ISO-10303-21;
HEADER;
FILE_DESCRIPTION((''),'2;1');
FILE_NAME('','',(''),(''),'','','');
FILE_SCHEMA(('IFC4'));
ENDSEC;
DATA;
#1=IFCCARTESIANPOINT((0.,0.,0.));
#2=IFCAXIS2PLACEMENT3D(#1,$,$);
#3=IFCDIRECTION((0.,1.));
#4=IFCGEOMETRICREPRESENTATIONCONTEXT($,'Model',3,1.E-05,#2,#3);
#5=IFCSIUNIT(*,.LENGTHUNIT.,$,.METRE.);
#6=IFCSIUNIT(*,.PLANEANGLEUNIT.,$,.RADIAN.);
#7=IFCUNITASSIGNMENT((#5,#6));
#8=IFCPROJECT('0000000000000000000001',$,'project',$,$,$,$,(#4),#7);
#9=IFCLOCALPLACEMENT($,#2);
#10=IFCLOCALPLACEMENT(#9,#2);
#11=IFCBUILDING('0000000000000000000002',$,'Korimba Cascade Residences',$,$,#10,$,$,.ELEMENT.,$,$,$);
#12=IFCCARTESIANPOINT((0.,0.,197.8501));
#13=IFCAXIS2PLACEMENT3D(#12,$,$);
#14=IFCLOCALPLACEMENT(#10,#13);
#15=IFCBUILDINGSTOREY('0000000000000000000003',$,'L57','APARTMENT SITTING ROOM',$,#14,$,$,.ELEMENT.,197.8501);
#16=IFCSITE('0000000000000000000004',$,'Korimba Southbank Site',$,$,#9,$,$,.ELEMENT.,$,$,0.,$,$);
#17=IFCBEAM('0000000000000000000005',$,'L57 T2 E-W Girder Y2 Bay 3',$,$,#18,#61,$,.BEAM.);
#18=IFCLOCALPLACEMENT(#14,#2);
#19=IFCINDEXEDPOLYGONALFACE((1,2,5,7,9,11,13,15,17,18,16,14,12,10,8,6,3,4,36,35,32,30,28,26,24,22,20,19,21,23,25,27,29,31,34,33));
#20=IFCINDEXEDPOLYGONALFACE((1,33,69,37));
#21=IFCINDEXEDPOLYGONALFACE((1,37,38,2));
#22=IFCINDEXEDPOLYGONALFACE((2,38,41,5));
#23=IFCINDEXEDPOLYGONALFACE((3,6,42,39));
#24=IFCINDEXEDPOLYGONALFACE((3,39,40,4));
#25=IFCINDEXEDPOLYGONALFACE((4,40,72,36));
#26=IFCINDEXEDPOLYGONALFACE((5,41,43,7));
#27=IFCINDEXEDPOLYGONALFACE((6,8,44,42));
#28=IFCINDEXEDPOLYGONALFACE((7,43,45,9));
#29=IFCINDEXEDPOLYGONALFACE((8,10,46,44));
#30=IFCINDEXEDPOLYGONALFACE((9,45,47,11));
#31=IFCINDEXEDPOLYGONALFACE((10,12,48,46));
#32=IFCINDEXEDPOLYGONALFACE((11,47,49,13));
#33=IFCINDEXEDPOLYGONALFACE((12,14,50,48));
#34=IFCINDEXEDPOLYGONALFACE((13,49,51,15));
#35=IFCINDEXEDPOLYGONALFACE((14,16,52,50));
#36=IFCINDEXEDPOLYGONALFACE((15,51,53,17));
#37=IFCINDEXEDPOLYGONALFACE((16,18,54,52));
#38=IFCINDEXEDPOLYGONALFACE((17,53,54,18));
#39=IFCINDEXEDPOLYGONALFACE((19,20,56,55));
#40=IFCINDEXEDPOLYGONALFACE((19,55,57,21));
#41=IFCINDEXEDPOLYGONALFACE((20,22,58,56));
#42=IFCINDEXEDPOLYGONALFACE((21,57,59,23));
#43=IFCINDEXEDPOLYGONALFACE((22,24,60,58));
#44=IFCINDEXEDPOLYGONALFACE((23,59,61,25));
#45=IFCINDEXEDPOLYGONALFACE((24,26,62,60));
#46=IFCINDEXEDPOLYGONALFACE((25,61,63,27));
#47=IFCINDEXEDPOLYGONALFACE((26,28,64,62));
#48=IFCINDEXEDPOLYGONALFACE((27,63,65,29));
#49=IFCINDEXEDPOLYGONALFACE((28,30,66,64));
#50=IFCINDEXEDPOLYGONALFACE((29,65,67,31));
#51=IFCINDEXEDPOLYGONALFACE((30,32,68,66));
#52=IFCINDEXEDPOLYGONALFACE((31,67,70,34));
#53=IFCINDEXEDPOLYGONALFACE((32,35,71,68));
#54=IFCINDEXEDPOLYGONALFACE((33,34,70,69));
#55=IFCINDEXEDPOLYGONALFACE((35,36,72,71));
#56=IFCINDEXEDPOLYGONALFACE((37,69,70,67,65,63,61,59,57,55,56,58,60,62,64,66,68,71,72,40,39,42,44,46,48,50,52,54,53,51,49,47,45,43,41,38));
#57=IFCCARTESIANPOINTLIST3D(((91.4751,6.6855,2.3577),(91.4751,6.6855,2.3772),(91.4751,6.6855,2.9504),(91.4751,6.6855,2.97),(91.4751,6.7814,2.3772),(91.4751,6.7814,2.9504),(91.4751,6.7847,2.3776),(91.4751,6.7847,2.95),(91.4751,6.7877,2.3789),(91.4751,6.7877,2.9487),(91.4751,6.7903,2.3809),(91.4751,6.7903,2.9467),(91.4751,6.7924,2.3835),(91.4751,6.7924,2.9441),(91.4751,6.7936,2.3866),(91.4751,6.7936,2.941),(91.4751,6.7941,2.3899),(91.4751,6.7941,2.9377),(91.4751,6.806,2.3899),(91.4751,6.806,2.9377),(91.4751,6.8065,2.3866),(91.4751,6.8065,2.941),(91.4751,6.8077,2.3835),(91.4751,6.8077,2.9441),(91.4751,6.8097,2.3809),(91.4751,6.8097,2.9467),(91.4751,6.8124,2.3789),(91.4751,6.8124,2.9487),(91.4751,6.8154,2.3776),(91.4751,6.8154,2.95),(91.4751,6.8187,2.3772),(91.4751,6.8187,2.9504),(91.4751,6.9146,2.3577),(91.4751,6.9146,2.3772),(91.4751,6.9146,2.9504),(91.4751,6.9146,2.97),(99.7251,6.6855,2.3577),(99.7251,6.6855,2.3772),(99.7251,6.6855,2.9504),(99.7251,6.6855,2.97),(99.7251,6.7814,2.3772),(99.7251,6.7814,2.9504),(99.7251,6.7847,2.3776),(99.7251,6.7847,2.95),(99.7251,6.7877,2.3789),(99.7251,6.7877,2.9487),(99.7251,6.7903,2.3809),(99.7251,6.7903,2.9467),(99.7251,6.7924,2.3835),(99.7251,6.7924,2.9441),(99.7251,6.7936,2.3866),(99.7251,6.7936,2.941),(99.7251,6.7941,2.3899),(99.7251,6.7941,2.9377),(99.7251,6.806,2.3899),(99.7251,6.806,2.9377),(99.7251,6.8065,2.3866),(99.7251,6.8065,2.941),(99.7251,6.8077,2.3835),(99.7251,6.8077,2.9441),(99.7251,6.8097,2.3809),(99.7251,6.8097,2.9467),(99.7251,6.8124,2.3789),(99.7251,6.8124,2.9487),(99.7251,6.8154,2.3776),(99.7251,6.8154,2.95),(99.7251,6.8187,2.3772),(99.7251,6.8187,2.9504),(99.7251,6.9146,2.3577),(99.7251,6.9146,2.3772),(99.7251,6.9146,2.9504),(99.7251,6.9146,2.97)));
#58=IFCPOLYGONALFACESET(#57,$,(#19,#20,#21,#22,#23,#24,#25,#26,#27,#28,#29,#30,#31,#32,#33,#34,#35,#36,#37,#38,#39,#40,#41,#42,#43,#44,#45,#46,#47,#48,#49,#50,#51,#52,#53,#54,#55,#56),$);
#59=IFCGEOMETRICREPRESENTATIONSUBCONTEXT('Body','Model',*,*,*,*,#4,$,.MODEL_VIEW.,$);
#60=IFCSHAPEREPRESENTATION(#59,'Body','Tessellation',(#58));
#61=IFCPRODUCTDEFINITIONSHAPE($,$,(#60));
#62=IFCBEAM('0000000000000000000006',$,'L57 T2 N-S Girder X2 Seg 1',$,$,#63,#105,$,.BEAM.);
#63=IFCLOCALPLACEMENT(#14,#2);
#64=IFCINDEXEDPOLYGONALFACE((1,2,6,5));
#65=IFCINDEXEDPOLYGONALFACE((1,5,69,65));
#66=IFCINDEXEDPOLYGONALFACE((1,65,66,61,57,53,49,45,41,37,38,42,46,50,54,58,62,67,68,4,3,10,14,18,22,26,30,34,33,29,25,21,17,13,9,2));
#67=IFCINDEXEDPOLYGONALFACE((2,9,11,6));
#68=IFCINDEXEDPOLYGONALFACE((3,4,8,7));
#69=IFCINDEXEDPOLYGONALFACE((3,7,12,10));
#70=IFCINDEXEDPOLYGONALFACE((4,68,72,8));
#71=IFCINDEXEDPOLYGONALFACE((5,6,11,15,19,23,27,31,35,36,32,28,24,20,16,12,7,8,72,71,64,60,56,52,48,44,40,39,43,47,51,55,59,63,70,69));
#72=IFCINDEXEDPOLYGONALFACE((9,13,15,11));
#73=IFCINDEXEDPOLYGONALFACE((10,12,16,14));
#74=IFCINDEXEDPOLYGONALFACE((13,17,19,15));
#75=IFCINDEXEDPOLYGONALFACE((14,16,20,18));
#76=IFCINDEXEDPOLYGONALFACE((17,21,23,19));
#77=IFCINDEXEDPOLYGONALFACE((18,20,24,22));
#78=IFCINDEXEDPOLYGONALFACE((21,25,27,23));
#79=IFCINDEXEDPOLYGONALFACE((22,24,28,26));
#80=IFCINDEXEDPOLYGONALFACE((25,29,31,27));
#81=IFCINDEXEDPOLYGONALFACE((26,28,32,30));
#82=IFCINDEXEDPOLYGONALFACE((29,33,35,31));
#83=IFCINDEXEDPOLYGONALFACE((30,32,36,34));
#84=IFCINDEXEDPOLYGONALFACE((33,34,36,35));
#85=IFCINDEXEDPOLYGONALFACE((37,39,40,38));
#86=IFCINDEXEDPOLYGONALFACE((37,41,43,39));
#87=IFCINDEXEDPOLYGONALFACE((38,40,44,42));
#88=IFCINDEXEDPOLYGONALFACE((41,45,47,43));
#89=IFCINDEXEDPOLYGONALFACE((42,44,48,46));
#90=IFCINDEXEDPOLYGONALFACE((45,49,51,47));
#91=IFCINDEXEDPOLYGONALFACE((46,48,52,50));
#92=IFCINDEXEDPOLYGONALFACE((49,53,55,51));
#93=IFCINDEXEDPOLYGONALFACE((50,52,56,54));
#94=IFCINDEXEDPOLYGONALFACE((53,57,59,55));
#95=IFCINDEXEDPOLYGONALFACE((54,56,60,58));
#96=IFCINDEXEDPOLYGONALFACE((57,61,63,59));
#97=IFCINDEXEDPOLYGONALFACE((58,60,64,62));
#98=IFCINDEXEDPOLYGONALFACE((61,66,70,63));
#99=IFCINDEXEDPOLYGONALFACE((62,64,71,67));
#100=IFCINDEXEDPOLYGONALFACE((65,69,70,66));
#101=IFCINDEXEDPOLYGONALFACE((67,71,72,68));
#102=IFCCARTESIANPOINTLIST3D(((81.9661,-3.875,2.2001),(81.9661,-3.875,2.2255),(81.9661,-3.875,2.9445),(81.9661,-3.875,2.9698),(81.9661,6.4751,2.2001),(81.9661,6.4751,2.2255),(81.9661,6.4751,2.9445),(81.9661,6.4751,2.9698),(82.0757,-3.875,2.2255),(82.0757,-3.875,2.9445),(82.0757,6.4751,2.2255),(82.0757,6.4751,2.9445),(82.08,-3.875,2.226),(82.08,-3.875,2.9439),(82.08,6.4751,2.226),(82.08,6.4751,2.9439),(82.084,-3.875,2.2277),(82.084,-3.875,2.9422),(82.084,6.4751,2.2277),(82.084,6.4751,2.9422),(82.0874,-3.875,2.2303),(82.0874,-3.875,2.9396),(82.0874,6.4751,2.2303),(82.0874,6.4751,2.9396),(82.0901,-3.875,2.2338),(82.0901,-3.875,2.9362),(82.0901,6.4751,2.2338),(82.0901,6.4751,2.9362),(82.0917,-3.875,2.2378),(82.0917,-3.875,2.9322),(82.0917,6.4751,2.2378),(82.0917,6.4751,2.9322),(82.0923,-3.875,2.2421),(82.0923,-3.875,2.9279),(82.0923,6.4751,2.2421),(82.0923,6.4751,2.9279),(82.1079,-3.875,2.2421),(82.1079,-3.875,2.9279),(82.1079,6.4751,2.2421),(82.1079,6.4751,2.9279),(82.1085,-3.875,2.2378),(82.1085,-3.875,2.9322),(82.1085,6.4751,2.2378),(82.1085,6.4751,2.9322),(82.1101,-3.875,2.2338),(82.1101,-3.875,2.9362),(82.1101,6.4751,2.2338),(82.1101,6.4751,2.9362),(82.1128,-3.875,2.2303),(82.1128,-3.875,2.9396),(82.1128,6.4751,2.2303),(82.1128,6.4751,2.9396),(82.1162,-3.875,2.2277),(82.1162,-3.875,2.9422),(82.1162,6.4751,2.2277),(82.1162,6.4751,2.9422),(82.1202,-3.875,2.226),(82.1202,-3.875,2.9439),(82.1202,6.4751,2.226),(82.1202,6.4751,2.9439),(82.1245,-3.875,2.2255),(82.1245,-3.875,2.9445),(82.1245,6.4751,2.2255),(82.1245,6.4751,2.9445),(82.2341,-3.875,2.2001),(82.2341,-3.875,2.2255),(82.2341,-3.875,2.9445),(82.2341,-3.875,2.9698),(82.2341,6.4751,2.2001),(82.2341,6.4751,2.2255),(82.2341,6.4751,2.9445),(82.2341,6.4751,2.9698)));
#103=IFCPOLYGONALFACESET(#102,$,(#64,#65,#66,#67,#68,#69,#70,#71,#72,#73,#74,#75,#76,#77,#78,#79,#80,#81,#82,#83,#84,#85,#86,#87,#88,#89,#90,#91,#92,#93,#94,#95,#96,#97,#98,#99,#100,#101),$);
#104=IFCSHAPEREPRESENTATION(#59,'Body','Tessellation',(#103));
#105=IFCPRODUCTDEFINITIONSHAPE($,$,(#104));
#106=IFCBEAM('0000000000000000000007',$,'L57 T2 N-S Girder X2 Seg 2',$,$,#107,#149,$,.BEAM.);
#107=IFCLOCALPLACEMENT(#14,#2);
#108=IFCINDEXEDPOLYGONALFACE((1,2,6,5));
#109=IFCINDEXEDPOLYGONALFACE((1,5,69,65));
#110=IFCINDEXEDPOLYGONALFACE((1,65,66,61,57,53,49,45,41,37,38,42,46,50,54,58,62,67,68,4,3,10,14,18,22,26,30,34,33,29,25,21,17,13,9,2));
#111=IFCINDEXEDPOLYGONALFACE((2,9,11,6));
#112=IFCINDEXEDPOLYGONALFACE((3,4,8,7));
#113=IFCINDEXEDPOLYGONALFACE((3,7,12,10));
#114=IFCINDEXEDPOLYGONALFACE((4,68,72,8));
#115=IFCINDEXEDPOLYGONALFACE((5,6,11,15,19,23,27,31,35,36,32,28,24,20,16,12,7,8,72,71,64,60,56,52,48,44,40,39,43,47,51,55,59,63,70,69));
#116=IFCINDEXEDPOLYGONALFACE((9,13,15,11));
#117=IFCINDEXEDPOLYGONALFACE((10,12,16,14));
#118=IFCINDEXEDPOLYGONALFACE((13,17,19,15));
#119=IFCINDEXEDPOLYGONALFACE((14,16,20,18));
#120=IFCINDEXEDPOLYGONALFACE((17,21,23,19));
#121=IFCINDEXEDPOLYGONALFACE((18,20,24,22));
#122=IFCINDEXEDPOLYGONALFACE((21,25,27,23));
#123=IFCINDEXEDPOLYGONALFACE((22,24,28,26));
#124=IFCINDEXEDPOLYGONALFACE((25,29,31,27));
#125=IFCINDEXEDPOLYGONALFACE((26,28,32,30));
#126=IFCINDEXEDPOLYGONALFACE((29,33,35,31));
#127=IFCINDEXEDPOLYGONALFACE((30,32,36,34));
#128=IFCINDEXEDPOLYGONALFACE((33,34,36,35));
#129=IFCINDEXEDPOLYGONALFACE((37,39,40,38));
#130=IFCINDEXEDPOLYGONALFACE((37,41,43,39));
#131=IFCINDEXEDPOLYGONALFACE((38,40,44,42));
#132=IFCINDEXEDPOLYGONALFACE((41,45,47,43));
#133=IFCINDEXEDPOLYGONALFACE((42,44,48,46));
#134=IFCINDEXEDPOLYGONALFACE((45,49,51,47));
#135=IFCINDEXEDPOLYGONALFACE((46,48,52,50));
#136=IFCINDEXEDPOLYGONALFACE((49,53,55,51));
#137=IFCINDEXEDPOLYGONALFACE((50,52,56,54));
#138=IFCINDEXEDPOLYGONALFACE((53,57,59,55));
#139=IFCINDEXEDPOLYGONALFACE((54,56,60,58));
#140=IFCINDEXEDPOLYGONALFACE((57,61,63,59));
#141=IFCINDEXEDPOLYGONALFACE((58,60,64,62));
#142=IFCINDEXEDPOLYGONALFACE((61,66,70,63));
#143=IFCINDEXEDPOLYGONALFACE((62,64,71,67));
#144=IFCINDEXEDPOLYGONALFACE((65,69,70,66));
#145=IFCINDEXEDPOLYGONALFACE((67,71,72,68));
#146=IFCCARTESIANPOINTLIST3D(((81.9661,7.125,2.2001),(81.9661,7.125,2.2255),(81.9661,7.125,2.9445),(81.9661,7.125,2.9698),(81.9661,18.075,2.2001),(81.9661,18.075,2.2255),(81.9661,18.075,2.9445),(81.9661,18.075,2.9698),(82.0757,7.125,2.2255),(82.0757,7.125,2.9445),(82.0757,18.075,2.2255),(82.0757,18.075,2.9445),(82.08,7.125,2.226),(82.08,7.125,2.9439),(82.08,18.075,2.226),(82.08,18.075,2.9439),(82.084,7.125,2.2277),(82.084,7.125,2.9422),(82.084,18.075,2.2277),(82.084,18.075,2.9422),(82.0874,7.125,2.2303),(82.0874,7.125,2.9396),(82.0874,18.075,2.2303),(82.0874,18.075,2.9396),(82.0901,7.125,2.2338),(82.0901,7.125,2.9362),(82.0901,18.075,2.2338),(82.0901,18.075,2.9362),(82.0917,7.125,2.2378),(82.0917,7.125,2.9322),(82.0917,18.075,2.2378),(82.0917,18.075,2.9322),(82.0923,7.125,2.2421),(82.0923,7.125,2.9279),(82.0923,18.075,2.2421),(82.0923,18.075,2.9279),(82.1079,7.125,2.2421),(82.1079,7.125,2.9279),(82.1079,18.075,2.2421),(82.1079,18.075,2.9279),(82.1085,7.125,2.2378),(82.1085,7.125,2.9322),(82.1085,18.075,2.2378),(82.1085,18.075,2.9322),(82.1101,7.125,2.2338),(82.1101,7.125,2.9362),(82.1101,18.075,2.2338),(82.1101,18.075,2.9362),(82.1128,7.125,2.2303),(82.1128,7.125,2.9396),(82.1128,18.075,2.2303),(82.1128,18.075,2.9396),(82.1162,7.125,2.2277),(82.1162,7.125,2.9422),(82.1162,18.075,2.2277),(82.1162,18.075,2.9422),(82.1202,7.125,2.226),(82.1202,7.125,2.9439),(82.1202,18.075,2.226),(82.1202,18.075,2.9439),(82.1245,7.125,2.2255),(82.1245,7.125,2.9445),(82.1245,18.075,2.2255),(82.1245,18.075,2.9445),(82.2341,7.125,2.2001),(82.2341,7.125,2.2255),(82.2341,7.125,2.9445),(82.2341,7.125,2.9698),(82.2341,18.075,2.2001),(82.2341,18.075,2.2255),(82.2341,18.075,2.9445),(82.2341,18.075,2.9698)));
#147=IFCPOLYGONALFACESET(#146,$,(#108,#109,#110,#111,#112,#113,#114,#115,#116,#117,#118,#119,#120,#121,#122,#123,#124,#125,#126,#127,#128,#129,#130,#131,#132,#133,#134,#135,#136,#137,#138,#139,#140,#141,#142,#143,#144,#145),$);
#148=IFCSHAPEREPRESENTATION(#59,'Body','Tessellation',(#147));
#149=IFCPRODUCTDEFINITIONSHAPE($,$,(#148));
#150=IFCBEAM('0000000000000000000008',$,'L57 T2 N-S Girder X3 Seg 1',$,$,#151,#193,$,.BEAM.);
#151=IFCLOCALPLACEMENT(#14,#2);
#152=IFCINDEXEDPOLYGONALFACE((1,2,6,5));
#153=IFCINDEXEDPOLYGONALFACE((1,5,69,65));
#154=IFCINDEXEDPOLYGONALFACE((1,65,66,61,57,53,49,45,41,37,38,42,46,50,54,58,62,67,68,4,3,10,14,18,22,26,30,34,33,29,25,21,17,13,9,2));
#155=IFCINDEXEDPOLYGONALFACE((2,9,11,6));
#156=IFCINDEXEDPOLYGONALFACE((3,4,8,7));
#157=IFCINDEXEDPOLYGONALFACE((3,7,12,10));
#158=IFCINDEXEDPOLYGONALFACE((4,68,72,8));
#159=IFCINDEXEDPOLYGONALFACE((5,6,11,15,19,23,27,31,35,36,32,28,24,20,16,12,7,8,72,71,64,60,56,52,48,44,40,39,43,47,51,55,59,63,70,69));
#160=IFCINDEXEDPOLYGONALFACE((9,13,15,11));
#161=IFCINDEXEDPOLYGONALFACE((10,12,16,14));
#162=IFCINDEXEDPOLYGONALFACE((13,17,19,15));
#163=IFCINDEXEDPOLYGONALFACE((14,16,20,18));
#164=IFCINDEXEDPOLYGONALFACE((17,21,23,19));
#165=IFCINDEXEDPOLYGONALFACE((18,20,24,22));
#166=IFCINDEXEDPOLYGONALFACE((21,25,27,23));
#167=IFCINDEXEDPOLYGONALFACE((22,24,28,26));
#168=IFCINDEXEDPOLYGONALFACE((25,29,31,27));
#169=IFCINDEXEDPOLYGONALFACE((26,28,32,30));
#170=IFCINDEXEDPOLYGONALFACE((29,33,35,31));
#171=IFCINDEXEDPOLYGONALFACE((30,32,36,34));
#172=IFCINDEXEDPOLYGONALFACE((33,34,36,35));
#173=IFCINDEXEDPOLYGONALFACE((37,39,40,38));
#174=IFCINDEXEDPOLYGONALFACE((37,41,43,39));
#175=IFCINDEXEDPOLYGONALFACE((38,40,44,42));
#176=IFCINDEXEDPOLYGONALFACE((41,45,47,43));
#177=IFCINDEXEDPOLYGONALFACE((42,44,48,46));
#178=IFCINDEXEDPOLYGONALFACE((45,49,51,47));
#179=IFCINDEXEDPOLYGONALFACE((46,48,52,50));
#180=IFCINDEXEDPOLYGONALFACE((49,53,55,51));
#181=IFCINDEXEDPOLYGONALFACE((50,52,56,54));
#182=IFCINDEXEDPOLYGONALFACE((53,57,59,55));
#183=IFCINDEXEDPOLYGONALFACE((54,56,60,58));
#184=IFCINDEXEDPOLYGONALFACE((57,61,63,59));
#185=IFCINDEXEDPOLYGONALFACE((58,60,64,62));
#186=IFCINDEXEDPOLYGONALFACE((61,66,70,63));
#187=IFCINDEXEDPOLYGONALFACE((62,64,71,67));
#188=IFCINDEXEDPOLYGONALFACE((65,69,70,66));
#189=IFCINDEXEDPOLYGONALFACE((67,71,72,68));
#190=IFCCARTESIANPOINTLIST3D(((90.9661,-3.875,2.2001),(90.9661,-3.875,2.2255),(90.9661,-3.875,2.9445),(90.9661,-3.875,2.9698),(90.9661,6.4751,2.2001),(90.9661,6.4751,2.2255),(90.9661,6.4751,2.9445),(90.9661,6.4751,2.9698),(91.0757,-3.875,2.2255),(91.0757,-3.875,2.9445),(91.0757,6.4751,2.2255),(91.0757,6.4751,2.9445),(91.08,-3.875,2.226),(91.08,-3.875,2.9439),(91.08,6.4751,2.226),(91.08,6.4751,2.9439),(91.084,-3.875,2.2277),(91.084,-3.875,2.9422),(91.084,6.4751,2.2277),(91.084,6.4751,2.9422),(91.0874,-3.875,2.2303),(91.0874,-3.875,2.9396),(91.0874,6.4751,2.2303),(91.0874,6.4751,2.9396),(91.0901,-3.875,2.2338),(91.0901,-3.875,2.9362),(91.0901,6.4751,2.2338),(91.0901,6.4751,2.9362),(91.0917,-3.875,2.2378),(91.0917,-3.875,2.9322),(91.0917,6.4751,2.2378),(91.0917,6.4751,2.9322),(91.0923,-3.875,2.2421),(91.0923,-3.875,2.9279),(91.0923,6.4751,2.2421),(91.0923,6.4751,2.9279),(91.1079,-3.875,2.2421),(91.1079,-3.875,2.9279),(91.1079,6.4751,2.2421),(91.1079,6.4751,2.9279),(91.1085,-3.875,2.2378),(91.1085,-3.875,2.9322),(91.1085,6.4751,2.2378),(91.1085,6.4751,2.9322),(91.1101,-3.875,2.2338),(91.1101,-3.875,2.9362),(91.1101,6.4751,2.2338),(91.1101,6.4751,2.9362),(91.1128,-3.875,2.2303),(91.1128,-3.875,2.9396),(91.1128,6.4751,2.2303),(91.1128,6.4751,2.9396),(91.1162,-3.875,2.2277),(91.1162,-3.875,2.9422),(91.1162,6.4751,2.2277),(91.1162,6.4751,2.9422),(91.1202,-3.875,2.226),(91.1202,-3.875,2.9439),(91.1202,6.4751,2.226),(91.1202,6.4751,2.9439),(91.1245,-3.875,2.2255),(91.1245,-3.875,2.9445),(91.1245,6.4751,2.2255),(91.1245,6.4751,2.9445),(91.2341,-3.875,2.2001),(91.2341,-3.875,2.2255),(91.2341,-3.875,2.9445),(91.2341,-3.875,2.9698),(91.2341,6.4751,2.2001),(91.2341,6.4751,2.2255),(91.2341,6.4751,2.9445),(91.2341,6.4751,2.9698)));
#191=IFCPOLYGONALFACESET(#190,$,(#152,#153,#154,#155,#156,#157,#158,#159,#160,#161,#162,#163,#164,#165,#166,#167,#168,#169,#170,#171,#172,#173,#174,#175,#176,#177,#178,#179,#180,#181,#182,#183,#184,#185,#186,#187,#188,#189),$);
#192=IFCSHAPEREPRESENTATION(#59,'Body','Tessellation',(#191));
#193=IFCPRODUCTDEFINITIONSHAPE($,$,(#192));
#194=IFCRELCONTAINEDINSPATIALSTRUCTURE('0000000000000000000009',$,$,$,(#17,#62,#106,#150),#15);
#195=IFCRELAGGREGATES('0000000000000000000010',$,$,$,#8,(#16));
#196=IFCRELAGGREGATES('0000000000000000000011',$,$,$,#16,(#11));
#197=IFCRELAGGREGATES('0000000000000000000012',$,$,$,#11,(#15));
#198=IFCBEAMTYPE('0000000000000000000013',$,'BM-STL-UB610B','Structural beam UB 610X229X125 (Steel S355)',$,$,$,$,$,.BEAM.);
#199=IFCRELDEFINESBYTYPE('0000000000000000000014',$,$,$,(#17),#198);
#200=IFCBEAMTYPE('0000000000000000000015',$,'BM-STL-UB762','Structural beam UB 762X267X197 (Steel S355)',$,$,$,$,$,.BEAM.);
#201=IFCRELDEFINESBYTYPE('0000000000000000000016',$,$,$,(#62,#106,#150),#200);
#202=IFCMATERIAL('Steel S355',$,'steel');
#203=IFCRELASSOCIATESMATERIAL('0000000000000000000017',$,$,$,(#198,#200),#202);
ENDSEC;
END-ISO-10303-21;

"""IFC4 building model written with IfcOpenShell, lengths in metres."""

from ifc_helpers import new_model, si_unit, direction, frame, origin, origin_2d, place, context, subcontext, project, spatial, i_section, extrude, material, material_profile, profile_set, type_object, element, save


model = new_model("IFC4")

# Units and contexts
model_context = context("Model", 3, precision=1e-05, world=origin(), true_north=direction((0.0, 1.0)))
body_context = subcontext(model_context, "Body", "Model", "MODEL_VIEW")
ifc_project = project(units=[si_unit("LENGTHUNIT", "METRE"), si_unit("PLANEANGLEUNIT", "RADIAN")], contexts=[model_context])

# Site, building, storey
site_placement = place(None, origin())
site = spatial("IfcSite", under=ifc_project, at=site_placement, Name="Korimba Southbank Site", CompositionType="ELEMENT", RefElevation=0.0)
building_placement = place(site_placement, origin())
building = spatial("IfcBuilding", under=site, at=building_placement, Name="Korimba Cascade Residences", CompositionType="ELEMENT")
storey_placement = place(building_placement, frame((0.0, 0.0, 197.8501)))
storey = spatial("IfcBuildingStorey", under=building, at=storey_placement, Name="L57", Description="APARTMENT SITTING ROOM", CompositionType="ELEMENT", Elevation=197.8501)

# Beams
ifc_material_1 = material(Name="Steel S355", Category="steel")
ifc_material_profile_1 = material_profile(ifc_material_1, i_section(OverallWidth=0.229, OverallDepth=0.6123, WebThickness=0.012, FlangeThickness=0.0195, FilletRadius=0.0127, at=origin_2d()), Name="Steel S355")
ifc_profile_set_1 = profile_set([ifc_material_profile_1], Name="Steel S355")
beam_type_1 = type_object("IfcBeamType", Name="BM-STL-UB610B", Description="Structural beam UB 610X229X125 (Steel S355)", PredefinedType="BEAM", material=ifc_profile_set_1)
for number, where, z_axis, x_axis, name in (
    (1, (91.4751, 6.8, 2.6638), (1.0, 0.0, 0.0), (0.0, 1.0, 0.0), "L57 T2 E-W Girder Y2 Bay 3"),
):
    element("IfcBeam", number, at=place(storey_placement, frame(where, z_axis=z_axis, x_axis=x_axis)), inside=storey, type_object=beam_type_1, Name=name, PredefinedType="BEAM", context=body_context, shape_type="SweptSolid", body=[
        extrude(i_section(OverallWidth=0.229, OverallDepth=0.6123, WebThickness=0.012, FlangeThickness=0.0195, FilletRadius=0.0127, at=origin_2d()), origin(), (0.0, 0.0, 1.0), 8.25),
    ])
ifc_material_profile_2 = material_profile(ifc_material_1, i_section(OverallWidth=0.2681, OverallDepth=0.7698, WebThickness=0.0156, FlangeThickness=0.0254, FilletRadius=0.0166, at=origin_2d()), Name="Steel S355")
ifc_profile_set_2 = profile_set([ifc_material_profile_2], Name="Steel S355")
beam_type_2 = type_object("IfcBeamType", Name="BM-STL-UB762", Description="Structural beam UB 762X267X197 (Steel S355)", PredefinedType="BEAM", material=ifc_profile_set_2)
beam_1_placement = place(storey_placement, frame((82.1001, -3.875, 2.585), z_axis=(0.0, 1.0, 0.0), x_axis=(-1.0, 0.0, 0.0)))
element("IfcBeam", 2, at=beam_1_placement, inside=storey, type_object=beam_type_2, Name="L57 T2 N-S Girder X2 Seg 1", PredefinedType="BEAM", context=body_context, shape_type="SweptSolid", body=[
    extrude(i_section(OverallWidth=0.2681, OverallDepth=0.7698, WebThickness=0.0156, FlangeThickness=0.0254, FilletRadius=0.0166, at=origin_2d()), origin(), (0.0, 0.0, 1.0), 10.3501),
])
beam_2_placement = place(storey_placement, frame((82.1001, 7.125, 2.585), z_axis=(0.0, 1.0, 0.0), x_axis=(-1.0, 0.0, 0.0)))
element("IfcBeam", 3, at=beam_2_placement, inside=storey, type_object=beam_type_2, Name="L57 T2 N-S Girder X2 Seg 2", PredefinedType="BEAM", context=body_context, shape_type="SweptSolid", body=[
    extrude(i_section(OverallWidth=0.2681, OverallDepth=0.7698, WebThickness=0.0156, FlangeThickness=0.0254, FilletRadius=0.0166, at=origin_2d()), origin(), (0.0, 0.0, 1.0), 10.95),
])
beam_3_placement = place(storey_placement, frame((91.1001, -3.875, 2.585), z_axis=(0.0, 1.0, 0.0), x_axis=(-1.0, 0.0, 0.0)))
element("IfcBeam", 4, at=beam_3_placement, inside=storey, type_object=beam_type_2, Name="L57 T2 N-S Girder X3 Seg 1", PredefinedType="BEAM", context=body_context, shape_type="SweptSolid", body=[
    extrude(i_section(OverallWidth=0.2681, OverallDepth=0.7698, WebThickness=0.0156, FlangeThickness=0.0254, FilletRadius=0.0166, at=origin_2d()), origin(), (0.0, 0.0, 1.0), 10.3501),
])

save(model, "model.ifc")
